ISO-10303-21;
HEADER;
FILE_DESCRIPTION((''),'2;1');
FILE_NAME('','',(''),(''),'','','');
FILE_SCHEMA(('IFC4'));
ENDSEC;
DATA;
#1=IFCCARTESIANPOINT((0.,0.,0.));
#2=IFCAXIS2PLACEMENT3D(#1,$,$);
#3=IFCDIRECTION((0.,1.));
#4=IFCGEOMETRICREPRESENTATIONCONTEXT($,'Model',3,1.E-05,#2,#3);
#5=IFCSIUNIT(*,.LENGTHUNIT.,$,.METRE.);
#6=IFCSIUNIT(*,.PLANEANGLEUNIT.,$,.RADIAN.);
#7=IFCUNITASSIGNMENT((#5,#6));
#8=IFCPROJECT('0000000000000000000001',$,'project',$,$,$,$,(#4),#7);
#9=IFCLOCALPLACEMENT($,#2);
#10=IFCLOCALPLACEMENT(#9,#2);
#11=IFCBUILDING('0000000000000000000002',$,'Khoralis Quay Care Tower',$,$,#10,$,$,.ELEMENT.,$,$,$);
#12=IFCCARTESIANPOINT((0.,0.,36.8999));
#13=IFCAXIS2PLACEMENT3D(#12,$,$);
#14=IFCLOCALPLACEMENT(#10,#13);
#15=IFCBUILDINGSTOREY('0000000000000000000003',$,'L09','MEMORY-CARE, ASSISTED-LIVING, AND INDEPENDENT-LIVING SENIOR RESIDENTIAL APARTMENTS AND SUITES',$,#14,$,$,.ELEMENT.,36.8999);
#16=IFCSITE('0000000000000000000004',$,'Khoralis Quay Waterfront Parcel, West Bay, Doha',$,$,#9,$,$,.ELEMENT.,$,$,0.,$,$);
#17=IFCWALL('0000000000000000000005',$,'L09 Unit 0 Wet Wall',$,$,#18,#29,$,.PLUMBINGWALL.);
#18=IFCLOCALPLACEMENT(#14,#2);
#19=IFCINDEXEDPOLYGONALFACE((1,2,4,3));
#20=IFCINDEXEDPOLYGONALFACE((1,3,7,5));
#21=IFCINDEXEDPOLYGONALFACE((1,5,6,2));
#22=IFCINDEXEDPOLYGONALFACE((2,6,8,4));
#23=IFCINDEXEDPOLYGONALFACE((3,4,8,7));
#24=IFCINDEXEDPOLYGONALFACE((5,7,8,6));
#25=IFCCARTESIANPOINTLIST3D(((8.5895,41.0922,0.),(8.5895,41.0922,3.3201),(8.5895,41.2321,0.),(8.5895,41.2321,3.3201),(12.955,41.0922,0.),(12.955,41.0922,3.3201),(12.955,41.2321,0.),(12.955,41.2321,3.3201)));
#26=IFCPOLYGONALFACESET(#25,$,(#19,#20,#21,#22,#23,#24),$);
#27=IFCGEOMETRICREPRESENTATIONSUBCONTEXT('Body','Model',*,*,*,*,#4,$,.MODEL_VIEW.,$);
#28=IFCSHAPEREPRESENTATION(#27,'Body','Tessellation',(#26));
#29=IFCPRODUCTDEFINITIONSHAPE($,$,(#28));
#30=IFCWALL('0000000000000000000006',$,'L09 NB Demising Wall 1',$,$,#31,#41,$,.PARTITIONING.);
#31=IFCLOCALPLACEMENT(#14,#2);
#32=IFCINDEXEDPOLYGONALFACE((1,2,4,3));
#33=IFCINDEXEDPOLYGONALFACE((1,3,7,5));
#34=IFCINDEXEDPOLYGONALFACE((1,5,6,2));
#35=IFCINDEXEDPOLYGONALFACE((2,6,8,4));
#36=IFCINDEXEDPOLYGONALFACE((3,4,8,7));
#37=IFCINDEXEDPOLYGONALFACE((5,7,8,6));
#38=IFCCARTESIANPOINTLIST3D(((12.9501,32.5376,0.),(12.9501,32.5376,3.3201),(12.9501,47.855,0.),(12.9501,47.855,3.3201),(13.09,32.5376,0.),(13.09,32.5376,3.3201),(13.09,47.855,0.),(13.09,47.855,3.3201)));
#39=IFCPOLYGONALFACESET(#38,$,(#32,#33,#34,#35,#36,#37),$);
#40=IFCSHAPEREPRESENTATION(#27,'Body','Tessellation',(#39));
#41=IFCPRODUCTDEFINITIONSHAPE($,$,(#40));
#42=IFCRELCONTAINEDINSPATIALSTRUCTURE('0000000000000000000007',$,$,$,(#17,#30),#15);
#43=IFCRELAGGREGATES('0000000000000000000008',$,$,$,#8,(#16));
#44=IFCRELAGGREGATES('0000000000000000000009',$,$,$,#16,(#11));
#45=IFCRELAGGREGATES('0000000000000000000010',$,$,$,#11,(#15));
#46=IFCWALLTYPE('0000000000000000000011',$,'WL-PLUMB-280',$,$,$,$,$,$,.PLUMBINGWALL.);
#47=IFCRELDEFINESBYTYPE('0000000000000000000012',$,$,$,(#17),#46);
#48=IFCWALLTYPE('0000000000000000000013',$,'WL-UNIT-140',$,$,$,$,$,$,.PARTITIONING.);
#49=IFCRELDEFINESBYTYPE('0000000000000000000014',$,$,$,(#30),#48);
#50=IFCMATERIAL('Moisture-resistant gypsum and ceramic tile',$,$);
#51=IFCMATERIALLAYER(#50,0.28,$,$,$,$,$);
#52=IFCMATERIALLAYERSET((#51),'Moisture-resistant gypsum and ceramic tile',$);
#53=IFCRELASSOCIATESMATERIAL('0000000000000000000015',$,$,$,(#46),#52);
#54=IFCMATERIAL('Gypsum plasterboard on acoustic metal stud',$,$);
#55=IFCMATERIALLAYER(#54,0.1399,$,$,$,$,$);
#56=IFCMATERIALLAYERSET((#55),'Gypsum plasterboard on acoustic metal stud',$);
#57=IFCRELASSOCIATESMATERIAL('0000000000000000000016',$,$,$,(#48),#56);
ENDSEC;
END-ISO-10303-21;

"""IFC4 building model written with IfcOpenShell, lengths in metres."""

from ifc_helpers import new_model, si_unit, direction, frame, frame_2d, origin, place, context, subcontext, project, spatial, rectangle, extrude, material, layer, layer_set, type_object, element, save


model = new_model("IFC4")

# Units and contexts
model_context = context("Model", 3, precision=1e-05, world=origin(), true_north=direction((0.0, 1.0)))
body_context = subcontext(model_context, "Body", "Model", "MODEL_VIEW")
ifc_project = project(units=[si_unit("LENGTHUNIT", "METRE"), si_unit("PLANEANGLEUNIT", "RADIAN")], contexts=[model_context])

# Site, building, storey
site_placement = place(None, origin())
site = spatial("IfcSite", under=ifc_project, at=site_placement, Name="Khoralis Quay Waterfront Parcel, West Bay, Doha", CompositionType="ELEMENT", RefElevation=0.0)
building_placement = place(site_placement, origin())
building = spatial("IfcBuilding", under=site, at=building_placement, Name="Khoralis Quay Care Tower", CompositionType="ELEMENT")
storey_placement = place(building_placement, frame((0.0, 0.0, 36.8999)))
storey = spatial("IfcBuildingStorey", under=building, at=storey_placement, Name="L09", Description="MEMORY-CARE, ASSISTED-LIVING, AND INDEPENDENT-LIVING SENIOR RESIDENTIAL APARTMENTS AND SUITES", CompositionType="ELEMENT", Elevation=36.8999)

# Shared definitions
ifc_material_1 = material(Name="Gypsum plasterboard on acoustic metal stud")

# Walls
ifc_material_2 = material(Name="Moisture-resistant gypsum and ceramic tile")
ifc_layer_1 = layer(ifc_material_2, 0.28)
ifc_layer_set_1 = layer_set([ifc_layer_1], Name="Moisture-resistant gypsum and ceramic tile")
wall_type_1 = type_object("IfcWallType", Name="WL-PLUMB-280", PredefinedType="PLUMBINGWALL", material=ifc_layer_set_1)
wall_1_placement = place(storey_placement, frame((8.5896, 41.1621, 0.0), z_axis=(0.0, 0.0, 1.0), x_axis=(1.0, 0.0, 0.0)))
element("IfcWall", 1, at=wall_1_placement, inside=storey, type_object=wall_type_1, Name="L09 Unit 0 Wet Wall", PredefinedType="PLUMBINGWALL", context=body_context, shape_type="SweptSolid", body=[
    extrude(rectangle(XDim=4.3655, YDim=0.1399, at=frame_2d((2.1826, 0.0))), origin(), (0.0, 0.0, 1.0), 3.3201),
])
ifc_layer_2 = layer(ifc_material_1, 0.1399)
ifc_layer_set_2 = layer_set([ifc_layer_2], Name="Gypsum plasterboard on acoustic metal stud")
wall_type_2 = type_object("IfcWallType", Name="WL-UNIT-140", PredefinedType="PARTITIONING", material=ifc_layer_set_2)
wall_2_placement = place(storey_placement, frame((13.02, 32.5376, 0.0), z_axis=(0.0, 0.0, 1.0), x_axis=(0.0, 1.0, 0.0)))
element("IfcWall", 2, at=wall_2_placement, inside=storey, type_object=wall_type_2, Name="L09 NB Demising Wall 1", PredefinedType="PARTITIONING", context=body_context, shape_type="SweptSolid", body=[
    extrude(rectangle(XDim=15.3174, YDim=0.1399, at=frame_2d((7.6587, 0.0))), origin(), (0.0, 0.0, 1.0), 3.3201),
])

save(model, "model.ifc")
